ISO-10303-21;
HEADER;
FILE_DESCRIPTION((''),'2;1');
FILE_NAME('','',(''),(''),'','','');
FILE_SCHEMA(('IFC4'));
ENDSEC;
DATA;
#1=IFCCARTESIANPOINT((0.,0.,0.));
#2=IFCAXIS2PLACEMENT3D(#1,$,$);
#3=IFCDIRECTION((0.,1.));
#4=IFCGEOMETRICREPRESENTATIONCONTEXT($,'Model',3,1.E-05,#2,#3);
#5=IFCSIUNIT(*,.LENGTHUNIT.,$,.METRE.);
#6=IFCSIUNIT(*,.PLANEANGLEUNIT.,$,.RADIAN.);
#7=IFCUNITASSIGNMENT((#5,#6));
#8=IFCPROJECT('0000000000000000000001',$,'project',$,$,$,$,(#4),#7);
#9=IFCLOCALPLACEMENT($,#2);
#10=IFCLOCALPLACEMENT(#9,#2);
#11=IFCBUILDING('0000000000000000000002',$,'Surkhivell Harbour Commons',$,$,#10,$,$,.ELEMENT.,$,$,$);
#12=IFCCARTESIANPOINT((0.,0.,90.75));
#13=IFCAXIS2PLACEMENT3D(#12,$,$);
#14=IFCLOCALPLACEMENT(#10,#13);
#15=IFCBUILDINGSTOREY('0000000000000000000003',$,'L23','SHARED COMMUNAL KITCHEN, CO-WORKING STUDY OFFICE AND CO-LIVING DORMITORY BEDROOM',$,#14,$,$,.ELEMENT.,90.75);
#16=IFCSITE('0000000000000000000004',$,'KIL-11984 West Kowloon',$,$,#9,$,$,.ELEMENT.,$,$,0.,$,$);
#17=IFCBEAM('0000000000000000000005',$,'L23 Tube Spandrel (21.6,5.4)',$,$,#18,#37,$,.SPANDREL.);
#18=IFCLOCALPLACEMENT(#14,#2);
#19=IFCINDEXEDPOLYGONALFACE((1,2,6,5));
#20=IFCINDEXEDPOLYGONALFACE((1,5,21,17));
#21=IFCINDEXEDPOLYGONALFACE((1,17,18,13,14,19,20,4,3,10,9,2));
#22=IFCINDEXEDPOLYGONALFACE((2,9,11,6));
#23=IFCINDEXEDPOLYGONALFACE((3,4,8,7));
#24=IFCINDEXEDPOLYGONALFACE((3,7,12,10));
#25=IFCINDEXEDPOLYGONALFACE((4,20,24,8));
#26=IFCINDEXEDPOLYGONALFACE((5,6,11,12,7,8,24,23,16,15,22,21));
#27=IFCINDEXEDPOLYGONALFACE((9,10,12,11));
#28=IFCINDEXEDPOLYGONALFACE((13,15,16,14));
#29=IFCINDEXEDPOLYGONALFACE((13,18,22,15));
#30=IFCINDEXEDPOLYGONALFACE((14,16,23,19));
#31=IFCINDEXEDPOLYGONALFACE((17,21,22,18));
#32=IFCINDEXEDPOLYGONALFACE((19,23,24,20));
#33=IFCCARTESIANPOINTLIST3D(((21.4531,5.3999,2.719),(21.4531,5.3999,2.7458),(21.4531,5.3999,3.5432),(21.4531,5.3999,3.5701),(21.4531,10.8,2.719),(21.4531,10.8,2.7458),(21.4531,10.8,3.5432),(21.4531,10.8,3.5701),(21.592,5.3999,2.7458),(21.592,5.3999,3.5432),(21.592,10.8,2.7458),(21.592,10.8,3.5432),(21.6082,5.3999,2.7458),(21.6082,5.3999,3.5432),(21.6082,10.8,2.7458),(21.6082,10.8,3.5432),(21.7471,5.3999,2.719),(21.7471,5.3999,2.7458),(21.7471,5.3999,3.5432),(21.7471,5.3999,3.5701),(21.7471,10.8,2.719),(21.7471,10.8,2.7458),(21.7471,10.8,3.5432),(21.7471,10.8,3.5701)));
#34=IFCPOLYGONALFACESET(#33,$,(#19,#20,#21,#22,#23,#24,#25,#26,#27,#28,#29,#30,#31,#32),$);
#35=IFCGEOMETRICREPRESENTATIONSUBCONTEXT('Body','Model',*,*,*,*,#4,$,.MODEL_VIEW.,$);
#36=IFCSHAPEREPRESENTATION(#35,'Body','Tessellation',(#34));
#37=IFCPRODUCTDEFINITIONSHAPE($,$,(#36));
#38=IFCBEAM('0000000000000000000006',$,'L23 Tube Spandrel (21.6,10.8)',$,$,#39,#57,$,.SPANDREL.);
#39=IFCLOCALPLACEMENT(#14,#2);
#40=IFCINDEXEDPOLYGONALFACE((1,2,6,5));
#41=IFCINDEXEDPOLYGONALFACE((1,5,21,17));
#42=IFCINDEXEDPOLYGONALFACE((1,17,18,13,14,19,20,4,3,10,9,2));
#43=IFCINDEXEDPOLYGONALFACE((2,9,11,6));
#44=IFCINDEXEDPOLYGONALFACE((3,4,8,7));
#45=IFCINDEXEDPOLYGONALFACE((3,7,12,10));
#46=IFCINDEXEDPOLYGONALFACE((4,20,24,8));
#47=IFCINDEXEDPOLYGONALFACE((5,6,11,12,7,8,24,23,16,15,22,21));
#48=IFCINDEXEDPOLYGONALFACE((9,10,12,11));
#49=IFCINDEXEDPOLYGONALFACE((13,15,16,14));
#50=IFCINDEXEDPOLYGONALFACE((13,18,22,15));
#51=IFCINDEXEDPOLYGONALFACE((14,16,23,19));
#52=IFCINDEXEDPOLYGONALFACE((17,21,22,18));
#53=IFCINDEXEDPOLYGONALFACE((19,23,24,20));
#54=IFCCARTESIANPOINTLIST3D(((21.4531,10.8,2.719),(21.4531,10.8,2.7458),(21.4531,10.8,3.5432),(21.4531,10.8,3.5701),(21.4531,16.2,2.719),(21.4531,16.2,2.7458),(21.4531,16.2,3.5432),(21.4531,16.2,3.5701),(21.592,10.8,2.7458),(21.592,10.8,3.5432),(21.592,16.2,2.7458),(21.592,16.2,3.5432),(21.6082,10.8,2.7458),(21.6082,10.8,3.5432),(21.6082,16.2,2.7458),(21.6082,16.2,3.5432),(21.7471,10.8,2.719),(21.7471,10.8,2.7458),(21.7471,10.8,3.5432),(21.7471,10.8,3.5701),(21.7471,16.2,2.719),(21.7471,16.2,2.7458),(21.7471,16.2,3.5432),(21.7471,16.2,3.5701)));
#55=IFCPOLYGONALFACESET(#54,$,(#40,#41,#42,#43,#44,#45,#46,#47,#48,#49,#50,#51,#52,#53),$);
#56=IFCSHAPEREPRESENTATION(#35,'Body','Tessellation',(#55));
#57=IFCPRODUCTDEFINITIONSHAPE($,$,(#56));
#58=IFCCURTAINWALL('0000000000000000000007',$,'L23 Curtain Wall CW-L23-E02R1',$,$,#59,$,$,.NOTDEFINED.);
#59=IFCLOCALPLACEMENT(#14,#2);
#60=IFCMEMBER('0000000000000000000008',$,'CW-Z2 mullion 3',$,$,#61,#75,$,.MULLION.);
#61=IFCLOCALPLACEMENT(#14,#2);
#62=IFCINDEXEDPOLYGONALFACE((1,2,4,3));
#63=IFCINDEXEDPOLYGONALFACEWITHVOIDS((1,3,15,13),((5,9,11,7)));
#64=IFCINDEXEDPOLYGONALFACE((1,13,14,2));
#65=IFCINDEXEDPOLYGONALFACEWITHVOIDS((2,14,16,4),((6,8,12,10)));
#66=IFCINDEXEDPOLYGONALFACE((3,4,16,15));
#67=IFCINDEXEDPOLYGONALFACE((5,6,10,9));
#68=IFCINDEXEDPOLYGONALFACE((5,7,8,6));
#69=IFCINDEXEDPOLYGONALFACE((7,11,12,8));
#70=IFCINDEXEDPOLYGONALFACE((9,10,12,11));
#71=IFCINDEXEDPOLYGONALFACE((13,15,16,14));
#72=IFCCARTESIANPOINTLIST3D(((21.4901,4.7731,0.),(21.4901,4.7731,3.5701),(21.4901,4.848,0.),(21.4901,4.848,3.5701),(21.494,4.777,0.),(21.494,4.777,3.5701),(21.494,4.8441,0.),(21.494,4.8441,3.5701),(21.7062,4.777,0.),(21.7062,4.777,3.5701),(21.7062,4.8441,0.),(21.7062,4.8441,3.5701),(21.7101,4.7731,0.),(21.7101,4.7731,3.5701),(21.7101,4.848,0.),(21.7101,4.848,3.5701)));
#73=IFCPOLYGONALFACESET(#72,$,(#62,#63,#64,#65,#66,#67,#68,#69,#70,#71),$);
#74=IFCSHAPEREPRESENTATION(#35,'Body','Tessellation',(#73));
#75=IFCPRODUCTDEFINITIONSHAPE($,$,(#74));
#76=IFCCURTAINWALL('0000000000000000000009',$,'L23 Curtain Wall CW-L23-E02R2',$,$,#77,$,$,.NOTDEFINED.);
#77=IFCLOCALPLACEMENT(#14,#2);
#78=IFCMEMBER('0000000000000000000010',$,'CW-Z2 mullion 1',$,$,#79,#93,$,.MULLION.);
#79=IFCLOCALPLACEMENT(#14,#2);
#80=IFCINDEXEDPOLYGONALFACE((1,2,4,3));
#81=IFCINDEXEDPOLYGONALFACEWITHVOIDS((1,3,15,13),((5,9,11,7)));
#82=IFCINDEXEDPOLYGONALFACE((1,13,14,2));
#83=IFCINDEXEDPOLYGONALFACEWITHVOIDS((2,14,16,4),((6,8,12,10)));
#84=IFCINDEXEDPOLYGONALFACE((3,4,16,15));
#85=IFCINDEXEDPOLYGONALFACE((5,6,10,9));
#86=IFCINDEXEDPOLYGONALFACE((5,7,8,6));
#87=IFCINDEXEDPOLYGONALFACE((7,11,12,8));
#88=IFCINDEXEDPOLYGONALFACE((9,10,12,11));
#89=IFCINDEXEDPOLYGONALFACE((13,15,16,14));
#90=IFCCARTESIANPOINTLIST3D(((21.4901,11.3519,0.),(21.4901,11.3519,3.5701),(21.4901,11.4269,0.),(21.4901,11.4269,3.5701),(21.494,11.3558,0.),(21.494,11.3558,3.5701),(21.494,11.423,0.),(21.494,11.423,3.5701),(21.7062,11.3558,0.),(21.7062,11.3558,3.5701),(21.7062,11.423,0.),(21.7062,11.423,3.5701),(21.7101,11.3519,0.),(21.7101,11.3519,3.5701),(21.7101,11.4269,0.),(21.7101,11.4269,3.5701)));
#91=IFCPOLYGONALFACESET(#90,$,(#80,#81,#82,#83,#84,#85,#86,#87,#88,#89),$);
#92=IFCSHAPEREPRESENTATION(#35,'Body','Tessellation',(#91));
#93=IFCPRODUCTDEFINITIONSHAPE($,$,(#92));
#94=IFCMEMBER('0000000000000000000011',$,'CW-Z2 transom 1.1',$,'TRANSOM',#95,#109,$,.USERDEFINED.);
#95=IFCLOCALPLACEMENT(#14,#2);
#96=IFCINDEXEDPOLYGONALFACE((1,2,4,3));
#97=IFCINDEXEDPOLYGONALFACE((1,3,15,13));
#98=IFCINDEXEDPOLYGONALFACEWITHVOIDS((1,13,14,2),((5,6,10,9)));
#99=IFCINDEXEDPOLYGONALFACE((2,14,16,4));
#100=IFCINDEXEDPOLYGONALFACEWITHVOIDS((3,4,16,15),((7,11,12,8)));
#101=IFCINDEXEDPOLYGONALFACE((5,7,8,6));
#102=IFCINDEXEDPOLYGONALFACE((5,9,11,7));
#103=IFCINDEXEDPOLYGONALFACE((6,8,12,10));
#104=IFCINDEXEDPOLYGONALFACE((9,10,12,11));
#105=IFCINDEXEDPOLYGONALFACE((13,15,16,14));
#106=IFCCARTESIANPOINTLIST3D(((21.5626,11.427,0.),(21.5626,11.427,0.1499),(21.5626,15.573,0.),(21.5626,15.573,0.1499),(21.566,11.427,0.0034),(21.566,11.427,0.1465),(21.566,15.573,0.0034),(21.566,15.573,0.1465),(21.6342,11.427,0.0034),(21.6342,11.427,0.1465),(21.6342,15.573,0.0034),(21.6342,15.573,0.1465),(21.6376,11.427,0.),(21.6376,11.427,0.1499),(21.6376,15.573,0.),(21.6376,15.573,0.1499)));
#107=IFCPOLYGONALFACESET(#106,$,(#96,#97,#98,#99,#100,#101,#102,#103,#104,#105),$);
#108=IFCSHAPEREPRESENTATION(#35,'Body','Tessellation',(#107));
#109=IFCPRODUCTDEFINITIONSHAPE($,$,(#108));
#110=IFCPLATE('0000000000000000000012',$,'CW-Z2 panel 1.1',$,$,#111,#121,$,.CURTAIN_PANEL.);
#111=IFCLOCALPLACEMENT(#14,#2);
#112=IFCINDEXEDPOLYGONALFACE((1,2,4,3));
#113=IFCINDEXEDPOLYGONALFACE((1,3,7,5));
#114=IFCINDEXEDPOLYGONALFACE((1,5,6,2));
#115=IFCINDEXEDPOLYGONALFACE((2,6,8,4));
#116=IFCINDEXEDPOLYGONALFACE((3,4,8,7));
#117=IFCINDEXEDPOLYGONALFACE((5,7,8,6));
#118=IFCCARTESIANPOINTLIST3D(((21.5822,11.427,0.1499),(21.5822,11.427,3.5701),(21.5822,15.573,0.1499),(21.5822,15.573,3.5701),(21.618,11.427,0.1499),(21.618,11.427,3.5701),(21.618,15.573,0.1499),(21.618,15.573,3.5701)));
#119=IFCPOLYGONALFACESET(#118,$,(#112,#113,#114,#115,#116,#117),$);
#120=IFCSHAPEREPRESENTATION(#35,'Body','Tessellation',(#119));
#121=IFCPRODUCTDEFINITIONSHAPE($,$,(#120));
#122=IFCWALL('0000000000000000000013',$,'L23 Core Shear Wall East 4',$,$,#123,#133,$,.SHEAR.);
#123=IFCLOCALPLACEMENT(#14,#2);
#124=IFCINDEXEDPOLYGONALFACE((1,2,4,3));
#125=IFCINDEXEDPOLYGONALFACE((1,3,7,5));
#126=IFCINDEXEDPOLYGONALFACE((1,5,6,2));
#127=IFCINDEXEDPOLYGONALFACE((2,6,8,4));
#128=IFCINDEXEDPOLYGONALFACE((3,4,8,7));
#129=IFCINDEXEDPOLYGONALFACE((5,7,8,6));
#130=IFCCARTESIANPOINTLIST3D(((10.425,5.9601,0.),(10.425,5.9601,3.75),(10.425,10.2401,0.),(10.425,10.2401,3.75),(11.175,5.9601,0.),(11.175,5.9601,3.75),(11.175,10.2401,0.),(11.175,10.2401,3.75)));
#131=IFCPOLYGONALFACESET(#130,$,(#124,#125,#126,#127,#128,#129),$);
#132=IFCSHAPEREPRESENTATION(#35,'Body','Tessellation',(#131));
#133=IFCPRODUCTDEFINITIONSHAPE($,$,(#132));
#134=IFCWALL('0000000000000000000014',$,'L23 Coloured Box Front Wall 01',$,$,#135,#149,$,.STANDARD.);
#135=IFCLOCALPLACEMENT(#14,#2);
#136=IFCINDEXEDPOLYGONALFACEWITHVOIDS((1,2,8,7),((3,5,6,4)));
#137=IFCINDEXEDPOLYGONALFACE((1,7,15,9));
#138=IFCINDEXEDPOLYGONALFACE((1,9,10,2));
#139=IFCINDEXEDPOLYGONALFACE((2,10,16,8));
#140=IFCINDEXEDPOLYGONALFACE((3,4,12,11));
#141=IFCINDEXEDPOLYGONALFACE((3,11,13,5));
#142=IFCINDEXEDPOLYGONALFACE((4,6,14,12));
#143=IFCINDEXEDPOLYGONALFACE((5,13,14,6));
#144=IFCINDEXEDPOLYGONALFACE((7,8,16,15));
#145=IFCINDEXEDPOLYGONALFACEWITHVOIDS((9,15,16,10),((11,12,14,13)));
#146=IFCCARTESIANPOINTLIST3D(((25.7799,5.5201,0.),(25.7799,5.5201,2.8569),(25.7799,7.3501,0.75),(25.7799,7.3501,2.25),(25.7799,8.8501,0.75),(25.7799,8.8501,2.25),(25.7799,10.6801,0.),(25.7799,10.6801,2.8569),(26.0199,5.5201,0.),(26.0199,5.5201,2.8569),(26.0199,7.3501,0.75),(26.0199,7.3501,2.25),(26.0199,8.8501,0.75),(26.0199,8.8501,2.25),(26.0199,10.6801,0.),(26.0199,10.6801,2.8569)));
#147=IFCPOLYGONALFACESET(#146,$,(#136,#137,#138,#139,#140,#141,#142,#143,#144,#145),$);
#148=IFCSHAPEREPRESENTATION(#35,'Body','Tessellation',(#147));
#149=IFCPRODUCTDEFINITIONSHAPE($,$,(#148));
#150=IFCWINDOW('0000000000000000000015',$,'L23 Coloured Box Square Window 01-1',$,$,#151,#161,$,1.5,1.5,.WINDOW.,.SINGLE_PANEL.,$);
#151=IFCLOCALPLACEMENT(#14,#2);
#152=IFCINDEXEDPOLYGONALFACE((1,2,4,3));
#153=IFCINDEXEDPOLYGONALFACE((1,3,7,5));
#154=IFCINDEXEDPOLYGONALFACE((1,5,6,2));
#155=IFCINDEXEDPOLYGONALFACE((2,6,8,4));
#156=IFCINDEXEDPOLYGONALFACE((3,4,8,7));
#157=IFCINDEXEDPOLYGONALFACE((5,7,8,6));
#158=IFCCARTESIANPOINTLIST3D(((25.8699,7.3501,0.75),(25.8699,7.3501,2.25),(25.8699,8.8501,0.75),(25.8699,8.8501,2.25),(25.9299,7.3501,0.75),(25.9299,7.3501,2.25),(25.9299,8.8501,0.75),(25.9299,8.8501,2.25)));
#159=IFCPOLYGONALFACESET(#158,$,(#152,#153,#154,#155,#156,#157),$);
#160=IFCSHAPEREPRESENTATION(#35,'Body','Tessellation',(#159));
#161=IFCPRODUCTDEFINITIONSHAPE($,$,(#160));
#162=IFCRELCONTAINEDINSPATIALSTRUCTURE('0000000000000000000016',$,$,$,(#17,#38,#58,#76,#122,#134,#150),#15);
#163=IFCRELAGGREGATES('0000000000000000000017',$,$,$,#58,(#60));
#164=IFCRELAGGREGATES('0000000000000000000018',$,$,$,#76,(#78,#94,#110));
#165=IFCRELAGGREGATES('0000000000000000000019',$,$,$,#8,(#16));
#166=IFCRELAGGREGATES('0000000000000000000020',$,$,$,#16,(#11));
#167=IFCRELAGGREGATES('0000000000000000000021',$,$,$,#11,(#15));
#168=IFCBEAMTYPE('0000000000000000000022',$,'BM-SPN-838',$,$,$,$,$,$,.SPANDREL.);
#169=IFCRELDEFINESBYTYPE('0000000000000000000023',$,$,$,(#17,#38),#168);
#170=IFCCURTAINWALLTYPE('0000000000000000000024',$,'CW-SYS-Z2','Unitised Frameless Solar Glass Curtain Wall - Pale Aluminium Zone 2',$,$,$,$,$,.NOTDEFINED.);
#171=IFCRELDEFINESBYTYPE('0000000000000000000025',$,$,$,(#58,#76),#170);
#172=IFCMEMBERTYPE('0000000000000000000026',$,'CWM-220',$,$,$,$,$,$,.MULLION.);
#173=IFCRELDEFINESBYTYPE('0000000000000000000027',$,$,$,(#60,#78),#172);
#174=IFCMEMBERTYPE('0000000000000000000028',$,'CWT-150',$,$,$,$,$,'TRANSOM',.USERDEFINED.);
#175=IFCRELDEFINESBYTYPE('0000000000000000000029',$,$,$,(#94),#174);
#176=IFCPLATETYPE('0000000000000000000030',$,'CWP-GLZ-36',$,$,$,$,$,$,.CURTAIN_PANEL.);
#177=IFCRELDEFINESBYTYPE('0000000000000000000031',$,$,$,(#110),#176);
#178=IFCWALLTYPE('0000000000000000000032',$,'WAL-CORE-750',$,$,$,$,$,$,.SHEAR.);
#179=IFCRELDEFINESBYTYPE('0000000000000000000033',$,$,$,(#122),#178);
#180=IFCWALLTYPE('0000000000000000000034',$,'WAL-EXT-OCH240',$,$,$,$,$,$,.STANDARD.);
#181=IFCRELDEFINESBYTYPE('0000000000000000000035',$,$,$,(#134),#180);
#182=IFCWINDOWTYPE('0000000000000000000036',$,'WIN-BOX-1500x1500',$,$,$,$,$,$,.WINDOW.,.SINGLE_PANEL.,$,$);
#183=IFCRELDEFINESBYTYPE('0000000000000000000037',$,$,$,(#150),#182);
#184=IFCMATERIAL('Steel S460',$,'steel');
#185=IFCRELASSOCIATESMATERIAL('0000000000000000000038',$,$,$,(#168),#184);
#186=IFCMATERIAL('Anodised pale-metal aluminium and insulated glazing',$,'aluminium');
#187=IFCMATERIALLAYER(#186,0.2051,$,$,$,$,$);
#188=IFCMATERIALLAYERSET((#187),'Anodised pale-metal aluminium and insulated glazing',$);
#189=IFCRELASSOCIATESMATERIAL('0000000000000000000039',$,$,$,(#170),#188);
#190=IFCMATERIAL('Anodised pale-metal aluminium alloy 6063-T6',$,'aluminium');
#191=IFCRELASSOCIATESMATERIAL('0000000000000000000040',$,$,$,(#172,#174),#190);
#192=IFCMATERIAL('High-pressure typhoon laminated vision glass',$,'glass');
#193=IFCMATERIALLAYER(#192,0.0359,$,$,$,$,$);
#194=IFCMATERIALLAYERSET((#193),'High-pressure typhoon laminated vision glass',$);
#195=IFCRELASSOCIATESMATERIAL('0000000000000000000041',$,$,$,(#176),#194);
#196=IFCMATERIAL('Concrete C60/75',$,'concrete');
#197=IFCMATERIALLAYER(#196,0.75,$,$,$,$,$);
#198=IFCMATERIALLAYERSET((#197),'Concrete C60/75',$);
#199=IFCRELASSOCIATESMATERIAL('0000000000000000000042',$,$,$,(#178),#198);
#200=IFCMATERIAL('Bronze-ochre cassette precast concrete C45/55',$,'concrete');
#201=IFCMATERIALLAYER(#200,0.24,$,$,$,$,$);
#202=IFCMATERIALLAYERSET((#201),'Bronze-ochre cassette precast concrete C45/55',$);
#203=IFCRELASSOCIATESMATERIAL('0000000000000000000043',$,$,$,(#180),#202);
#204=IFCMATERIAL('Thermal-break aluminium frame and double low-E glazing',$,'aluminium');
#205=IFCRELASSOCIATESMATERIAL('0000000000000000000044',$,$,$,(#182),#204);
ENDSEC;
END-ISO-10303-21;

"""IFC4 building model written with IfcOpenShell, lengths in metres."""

from ifc_helpers import new_model, si_unit, direction, frame, frame_2d, origin, origin_2d, place, context, subcontext, project, spatial, rectangle, hollow_rectangle, i_section, extrude, material, layer, layer_set, material_profile, profile_set, type_object, element, fill, aggregate, save


model = new_model("IFC4")

# Units and contexts
model_context = context("Model", 3, precision=1e-05, world=origin(), true_north=direction((0.0, 1.0)))
body_context = subcontext(model_context, "Body", "Model", "MODEL_VIEW")
ifc_project = project(units=[si_unit("LENGTHUNIT", "METRE"), si_unit("PLANEANGLEUNIT", "RADIAN")], contexts=[model_context])

# Site, building, storey
site_placement = place(None, origin())
site = spatial("IfcSite", under=ifc_project, at=site_placement, Name="KIL-11984 West Kowloon", CompositionType="ELEMENT", RefElevation=0.0)
building_placement = place(site_placement, origin())
building = spatial("IfcBuilding", under=site, at=building_placement, Name="Surkhivell Harbour Commons", CompositionType="ELEMENT")
storey_placement = place(building_placement, frame((0.0, 0.0, 90.75)))
storey = spatial("IfcBuildingStorey", under=building, at=storey_placement, Name="L23", Description="SHARED COMMUNAL KITCHEN, CO-WORKING STUDY OFFICE AND CO-LIVING DORMITORY BEDROOM", CompositionType="ELEMENT", Elevation=90.75)

# Shared definitions
ifc_material_1 = material(Name="Concrete C60/75", Category="concrete")

# Beams
ifc_material_2 = material(Name="Steel S460", Category="steel")
ifc_material_profile_1 = material_profile(ifc_material_2, i_section(OverallWidth=0.2939, OverallDepth=0.8511, WebThickness=0.0161, FlangeThickness=0.0269, at=origin_2d()), Name="UB838x292x226")
ifc_profile_set_1 = profile_set([ifc_material_profile_1], Name="Steel S460")
beam_type_1 = type_object("IfcBeamType", Name="BM-SPN-838", PredefinedType="SPANDREL", material=ifc_profile_set_1)
beam_1_placement = place(storey_placement, frame((21.6001, 5.3999, 3.1445), z_axis=(0.0, 1.0, 0.0), x_axis=(-1.0, 0.0, 0.0)))
element("IfcBeam", 1, at=beam_1_placement, inside=storey, type_object=beam_type_1, Name="L23 Tube Spandrel (21.6,5.4)", PredefinedType="SPANDREL", context=body_context, shape_type="SweptSolid", body=[
    extrude(i_section(OverallWidth=0.2939, OverallDepth=0.8511, WebThickness=0.0161, FlangeThickness=0.0269, at=origin_2d()), origin(), (0.0, 0.0, 1.0), 5.4001),
])
beam_2_placement = place(storey_placement, frame((21.6001, 10.8, 3.1445), z_axis=(0.0, 1.0, 0.0), x_axis=(-1.0, 0.0, 0.0)))
element("IfcBeam", 2, at=beam_2_placement, inside=storey, type_object=beam_type_1, Name="L23 Tube Spandrel (21.6,10.8)", PredefinedType="SPANDREL", context=body_context, shape_type="SweptSolid", body=[
    extrude(i_section(OverallWidth=0.2939, OverallDepth=0.8511, WebThickness=0.0161, FlangeThickness=0.0269, at=origin_2d()), origin(), (0.0, 0.0, 1.0), 5.3999),
])

# Curtain wall, member
ifc_material_3 = material(Name="Anodised pale-metal aluminium and insulated glazing", Category="aluminium")
ifc_layer_1 = layer(ifc_material_3, 0.2051)
ifc_layer_set_1 = layer_set([ifc_layer_1], Name="Anodised pale-metal aluminium and insulated glazing")
curtain_wall_type = type_object("IfcCurtainWallType", Name="CW-SYS-Z2", Description="Unitised Frameless Solar Glass Curtain Wall - Pale Aluminium Zone 2", PredefinedType="NOTDEFINED", material=ifc_layer_set_1)
curtain_wall_1_placement = place(storey_placement, origin())
curtain_wall_1 = element("IfcCurtainWall", 3, at=curtain_wall_1_placement, inside=storey, type_object=curtain_wall_type, Name="L23 Curtain Wall CW-L23-E02R1", PredefinedType="NOTDEFINED")
ifc_material_4 = material(Name="Anodised pale-metal aluminium alloy 6063-T6", Category="aluminium")
ifc_material_profile_2 = material_profile(ifc_material_4, hollow_rectangle(XDim=0.075, YDim=0.22, WallThickness=0.0039, at=origin_2d()), Name="ALU-MULL-75x220")
ifc_profile_set_2 = profile_set([ifc_material_profile_2], Name="Anodised pale-metal aluminium alloy 6063-T6")
member_type_1 = type_object("IfcMemberType", Name="CWM-220", PredefinedType="MULLION", material=ifc_profile_set_2)
member_1_placement = place(storey_placement, frame((21.6001, 4.8105, 0.0), z_axis=(0.0, 0.0, 1.0), x_axis=(0.0, 1.0, 0.0)))
member_1 = element("IfcMember", 4, at=member_1_placement, type_object=member_type_1, Name="CW-Z2 mullion 3", PredefinedType="MULLION", context=body_context, shape_type="SweptSolid", body=[
    extrude(hollow_rectangle(XDim=0.075, YDim=0.22, WallThickness=0.0039, at=origin_2d()), origin(), (0.0, 0.0, 1.0), 3.5701),
])
aggregate(curtain_wall_1, [member_1])

# Curtain wall, members, plate
curtain_wall_2_placement = place(storey_placement, origin())
curtain_wall_2 = element("IfcCurtainWall", 5, at=curtain_wall_2_placement, inside=storey, type_object=curtain_wall_type, Name="L23 Curtain Wall CW-L23-E02R2", PredefinedType="NOTDEFINED")
member_2_placement = place(storey_placement, frame((21.6001, 11.3894, 0.0), z_axis=(0.0, 0.0, 1.0), x_axis=(0.0, 1.0, 0.0)))
member_2 = element("IfcMember", 6, at=member_2_placement, type_object=member_type_1, Name="CW-Z2 mullion 1", PredefinedType="MULLION", context=body_context, shape_type="SweptSolid", body=[
    extrude(hollow_rectangle(XDim=0.075, YDim=0.22, WallThickness=0.0039, at=origin_2d()), origin(), (0.0, 0.0, 1.0), 3.5701),
])
ifc_material_profile_3 = material_profile(ifc_material_4, hollow_rectangle(XDim=0.075, YDim=0.1499, WallThickness=0.0034, at=origin_2d()), Name="ALU-TRAN-75x150")
ifc_profile_set_3 = profile_set([ifc_material_profile_3], Name="Anodised pale-metal aluminium alloy 6063-T6")
member_type_2 = type_object("IfcMemberType", Name="CWT-150", ElementType="TRANSOM", PredefinedType="USERDEFINED", material=ifc_profile_set_3)
member_3_placement = place(storey_placement, frame((21.6001, 11.427, 0.075), z_axis=(0.0, 1.0, 0.0), x_axis=(-1.0, 0.0, 0.0)))
member_3 = element("IfcMember", 7, at=member_3_placement, type_object=member_type_2, Name="CW-Z2 transom 1.1", ObjectType="TRANSOM", PredefinedType="USERDEFINED", context=body_context, shape_type="SweptSolid", body=[
    extrude(hollow_rectangle(XDim=0.075, YDim=0.1499, WallThickness=0.0034, at=origin_2d()), origin(), (0.0, 0.0, 1.0), 4.146),
])
ifc_material_5 = material(Name="High-pressure typhoon laminated vision glass", Category="glass")
ifc_layer_2 = layer(ifc_material_5, 0.0359)
ifc_layer_set_2 = layer_set([ifc_layer_2], Name="High-pressure typhoon laminated vision glass")
plate_type = type_object("IfcPlateType", Name="CWP-GLZ-36", PredefinedType="CURTAIN_PANEL", material=ifc_layer_set_2)
plate_placement = place(storey_placement, frame((21.6001, 11.427, 0.1499), z_axis=(0.0, 0.0, 1.0), x_axis=(0.0, 1.0, 0.0)))
plate = element("IfcPlate", 8, at=plate_placement, type_object=plate_type, Name="CW-Z2 panel 1.1", PredefinedType="CURTAIN_PANEL", context=body_context, shape_type="SweptSolid", body=[
    extrude(rectangle(XDim=4.146, YDim=0.0359, at=frame_2d((2.073, 0.0))), origin(), (0.0, 0.0, 1.0), 3.4202),
])
aggregate(curtain_wall_2, [member_2, member_3, plate])

# Wall
ifc_layer_3 = layer(ifc_material_1, 0.75)
ifc_layer_set_3 = layer_set([ifc_layer_3], Name="Concrete C60/75")
wall_type_1 = type_object("IfcWallType", Name="WAL-CORE-750", PredefinedType="SHEAR", material=ifc_layer_set_3)
wall_1_placement = place(storey_placement, frame((10.8, 5.96, 0.0), z_axis=(0.0, 0.0, 1.0), x_axis=(0.0, 1.0, 0.0)))
element("IfcWall", 9, at=wall_1_placement, inside=storey, type_object=wall_type_1, Name="L23 Core Shear Wall East 4", PredefinedType="SHEAR", context=body_context, shape_type="SweptSolid", body=[
    extrude(rectangle(XDim=4.28, YDim=0.75, at=frame_2d((2.1401, 0.0))), origin(), (0.0, 0.0, 1.0), 3.75),
])

# Wall, opening, window
ifc_material_6 = material(Name="Bronze-ochre cassette precast concrete C45/55", Category="concrete")
ifc_layer_4 = layer(ifc_material_6, 0.24)
ifc_layer_set_4 = layer_set([ifc_layer_4], Name="Bronze-ochre cassette precast concrete C45/55")
wall_type_2 = type_object("IfcWallType", Name="WAL-EXT-OCH240", PredefinedType="STANDARD", material=ifc_layer_set_4)
wall_2_placement = place(storey_placement, frame((25.8999, 5.52, 0.0), z_axis=(0.0, 0.0, 1.0), x_axis=(0.0, 1.0, 0.0)))
wall_2 = element("IfcWall", 10, at=wall_2_placement, inside=storey, type_object=wall_type_2, Name="L23 Coloured Box Front Wall 01", PredefinedType="STANDARD", context=body_context, shape_type="SweptSolid", body=[
    extrude(rectangle(XDim=5.1599, YDim=0.24, at=frame_2d((2.5801, 0.0))), origin(), (0.0, 0.0, 1.0), 2.8569),
])
opening_1_placement = place(wall_2_placement, frame((1.8301, 0.0, 0.75)))
opening_1 = element("IfcOpeningElement", 11, at=opening_1_placement, cuts=wall_2, PredefinedType="OPENING", context=body_context, shape_type="SweptSolid", body=[
    extrude(rectangle(XDim=1.5, YDim=1.5, at=frame_2d((0.75, 0.75))), frame((0.0, 0.1299, 0.0), z_axis=(0.0, -1.0, 0.0), x_axis=(1.0, 0.0, 0.0)), (0.0, 0.0, 1.0), 0.26),
])
ifc_material_7 = material(Name="Thermal-break aluminium frame and double low-E glazing", Category="aluminium")
window_type_1 = type_object("IfcWindowType", Name="WIN-BOX-1500x1500", PartitioningType="SINGLE_PANEL", PredefinedType="WINDOW", material=ifc_material_7)
window_1_placement = place(opening_1_placement, origin())
window_1 = element("IfcWindow", 12, at=window_1_placement, inside=storey, type_object=window_type_1, Name="L23 Coloured Box Square Window 01-1", OverallHeight=1.5, OverallWidth=1.5, PartitioningType="SINGLE_PANEL", PredefinedType="WINDOW", context=body_context, shape_type="SweptSolid", body=[
    extrude(rectangle(XDim=1.5, YDim=1.5, at=frame_2d((0.75, 0.75))), frame((0.0, 0.03, 0.0), z_axis=(0.0, -1.0, 0.0), x_axis=(1.0, 0.0, 0.0)), (0.0, 0.0, 1.0), 0.0601),
])
fill(opening_1, window_1)

save(model, "model.ifc")
